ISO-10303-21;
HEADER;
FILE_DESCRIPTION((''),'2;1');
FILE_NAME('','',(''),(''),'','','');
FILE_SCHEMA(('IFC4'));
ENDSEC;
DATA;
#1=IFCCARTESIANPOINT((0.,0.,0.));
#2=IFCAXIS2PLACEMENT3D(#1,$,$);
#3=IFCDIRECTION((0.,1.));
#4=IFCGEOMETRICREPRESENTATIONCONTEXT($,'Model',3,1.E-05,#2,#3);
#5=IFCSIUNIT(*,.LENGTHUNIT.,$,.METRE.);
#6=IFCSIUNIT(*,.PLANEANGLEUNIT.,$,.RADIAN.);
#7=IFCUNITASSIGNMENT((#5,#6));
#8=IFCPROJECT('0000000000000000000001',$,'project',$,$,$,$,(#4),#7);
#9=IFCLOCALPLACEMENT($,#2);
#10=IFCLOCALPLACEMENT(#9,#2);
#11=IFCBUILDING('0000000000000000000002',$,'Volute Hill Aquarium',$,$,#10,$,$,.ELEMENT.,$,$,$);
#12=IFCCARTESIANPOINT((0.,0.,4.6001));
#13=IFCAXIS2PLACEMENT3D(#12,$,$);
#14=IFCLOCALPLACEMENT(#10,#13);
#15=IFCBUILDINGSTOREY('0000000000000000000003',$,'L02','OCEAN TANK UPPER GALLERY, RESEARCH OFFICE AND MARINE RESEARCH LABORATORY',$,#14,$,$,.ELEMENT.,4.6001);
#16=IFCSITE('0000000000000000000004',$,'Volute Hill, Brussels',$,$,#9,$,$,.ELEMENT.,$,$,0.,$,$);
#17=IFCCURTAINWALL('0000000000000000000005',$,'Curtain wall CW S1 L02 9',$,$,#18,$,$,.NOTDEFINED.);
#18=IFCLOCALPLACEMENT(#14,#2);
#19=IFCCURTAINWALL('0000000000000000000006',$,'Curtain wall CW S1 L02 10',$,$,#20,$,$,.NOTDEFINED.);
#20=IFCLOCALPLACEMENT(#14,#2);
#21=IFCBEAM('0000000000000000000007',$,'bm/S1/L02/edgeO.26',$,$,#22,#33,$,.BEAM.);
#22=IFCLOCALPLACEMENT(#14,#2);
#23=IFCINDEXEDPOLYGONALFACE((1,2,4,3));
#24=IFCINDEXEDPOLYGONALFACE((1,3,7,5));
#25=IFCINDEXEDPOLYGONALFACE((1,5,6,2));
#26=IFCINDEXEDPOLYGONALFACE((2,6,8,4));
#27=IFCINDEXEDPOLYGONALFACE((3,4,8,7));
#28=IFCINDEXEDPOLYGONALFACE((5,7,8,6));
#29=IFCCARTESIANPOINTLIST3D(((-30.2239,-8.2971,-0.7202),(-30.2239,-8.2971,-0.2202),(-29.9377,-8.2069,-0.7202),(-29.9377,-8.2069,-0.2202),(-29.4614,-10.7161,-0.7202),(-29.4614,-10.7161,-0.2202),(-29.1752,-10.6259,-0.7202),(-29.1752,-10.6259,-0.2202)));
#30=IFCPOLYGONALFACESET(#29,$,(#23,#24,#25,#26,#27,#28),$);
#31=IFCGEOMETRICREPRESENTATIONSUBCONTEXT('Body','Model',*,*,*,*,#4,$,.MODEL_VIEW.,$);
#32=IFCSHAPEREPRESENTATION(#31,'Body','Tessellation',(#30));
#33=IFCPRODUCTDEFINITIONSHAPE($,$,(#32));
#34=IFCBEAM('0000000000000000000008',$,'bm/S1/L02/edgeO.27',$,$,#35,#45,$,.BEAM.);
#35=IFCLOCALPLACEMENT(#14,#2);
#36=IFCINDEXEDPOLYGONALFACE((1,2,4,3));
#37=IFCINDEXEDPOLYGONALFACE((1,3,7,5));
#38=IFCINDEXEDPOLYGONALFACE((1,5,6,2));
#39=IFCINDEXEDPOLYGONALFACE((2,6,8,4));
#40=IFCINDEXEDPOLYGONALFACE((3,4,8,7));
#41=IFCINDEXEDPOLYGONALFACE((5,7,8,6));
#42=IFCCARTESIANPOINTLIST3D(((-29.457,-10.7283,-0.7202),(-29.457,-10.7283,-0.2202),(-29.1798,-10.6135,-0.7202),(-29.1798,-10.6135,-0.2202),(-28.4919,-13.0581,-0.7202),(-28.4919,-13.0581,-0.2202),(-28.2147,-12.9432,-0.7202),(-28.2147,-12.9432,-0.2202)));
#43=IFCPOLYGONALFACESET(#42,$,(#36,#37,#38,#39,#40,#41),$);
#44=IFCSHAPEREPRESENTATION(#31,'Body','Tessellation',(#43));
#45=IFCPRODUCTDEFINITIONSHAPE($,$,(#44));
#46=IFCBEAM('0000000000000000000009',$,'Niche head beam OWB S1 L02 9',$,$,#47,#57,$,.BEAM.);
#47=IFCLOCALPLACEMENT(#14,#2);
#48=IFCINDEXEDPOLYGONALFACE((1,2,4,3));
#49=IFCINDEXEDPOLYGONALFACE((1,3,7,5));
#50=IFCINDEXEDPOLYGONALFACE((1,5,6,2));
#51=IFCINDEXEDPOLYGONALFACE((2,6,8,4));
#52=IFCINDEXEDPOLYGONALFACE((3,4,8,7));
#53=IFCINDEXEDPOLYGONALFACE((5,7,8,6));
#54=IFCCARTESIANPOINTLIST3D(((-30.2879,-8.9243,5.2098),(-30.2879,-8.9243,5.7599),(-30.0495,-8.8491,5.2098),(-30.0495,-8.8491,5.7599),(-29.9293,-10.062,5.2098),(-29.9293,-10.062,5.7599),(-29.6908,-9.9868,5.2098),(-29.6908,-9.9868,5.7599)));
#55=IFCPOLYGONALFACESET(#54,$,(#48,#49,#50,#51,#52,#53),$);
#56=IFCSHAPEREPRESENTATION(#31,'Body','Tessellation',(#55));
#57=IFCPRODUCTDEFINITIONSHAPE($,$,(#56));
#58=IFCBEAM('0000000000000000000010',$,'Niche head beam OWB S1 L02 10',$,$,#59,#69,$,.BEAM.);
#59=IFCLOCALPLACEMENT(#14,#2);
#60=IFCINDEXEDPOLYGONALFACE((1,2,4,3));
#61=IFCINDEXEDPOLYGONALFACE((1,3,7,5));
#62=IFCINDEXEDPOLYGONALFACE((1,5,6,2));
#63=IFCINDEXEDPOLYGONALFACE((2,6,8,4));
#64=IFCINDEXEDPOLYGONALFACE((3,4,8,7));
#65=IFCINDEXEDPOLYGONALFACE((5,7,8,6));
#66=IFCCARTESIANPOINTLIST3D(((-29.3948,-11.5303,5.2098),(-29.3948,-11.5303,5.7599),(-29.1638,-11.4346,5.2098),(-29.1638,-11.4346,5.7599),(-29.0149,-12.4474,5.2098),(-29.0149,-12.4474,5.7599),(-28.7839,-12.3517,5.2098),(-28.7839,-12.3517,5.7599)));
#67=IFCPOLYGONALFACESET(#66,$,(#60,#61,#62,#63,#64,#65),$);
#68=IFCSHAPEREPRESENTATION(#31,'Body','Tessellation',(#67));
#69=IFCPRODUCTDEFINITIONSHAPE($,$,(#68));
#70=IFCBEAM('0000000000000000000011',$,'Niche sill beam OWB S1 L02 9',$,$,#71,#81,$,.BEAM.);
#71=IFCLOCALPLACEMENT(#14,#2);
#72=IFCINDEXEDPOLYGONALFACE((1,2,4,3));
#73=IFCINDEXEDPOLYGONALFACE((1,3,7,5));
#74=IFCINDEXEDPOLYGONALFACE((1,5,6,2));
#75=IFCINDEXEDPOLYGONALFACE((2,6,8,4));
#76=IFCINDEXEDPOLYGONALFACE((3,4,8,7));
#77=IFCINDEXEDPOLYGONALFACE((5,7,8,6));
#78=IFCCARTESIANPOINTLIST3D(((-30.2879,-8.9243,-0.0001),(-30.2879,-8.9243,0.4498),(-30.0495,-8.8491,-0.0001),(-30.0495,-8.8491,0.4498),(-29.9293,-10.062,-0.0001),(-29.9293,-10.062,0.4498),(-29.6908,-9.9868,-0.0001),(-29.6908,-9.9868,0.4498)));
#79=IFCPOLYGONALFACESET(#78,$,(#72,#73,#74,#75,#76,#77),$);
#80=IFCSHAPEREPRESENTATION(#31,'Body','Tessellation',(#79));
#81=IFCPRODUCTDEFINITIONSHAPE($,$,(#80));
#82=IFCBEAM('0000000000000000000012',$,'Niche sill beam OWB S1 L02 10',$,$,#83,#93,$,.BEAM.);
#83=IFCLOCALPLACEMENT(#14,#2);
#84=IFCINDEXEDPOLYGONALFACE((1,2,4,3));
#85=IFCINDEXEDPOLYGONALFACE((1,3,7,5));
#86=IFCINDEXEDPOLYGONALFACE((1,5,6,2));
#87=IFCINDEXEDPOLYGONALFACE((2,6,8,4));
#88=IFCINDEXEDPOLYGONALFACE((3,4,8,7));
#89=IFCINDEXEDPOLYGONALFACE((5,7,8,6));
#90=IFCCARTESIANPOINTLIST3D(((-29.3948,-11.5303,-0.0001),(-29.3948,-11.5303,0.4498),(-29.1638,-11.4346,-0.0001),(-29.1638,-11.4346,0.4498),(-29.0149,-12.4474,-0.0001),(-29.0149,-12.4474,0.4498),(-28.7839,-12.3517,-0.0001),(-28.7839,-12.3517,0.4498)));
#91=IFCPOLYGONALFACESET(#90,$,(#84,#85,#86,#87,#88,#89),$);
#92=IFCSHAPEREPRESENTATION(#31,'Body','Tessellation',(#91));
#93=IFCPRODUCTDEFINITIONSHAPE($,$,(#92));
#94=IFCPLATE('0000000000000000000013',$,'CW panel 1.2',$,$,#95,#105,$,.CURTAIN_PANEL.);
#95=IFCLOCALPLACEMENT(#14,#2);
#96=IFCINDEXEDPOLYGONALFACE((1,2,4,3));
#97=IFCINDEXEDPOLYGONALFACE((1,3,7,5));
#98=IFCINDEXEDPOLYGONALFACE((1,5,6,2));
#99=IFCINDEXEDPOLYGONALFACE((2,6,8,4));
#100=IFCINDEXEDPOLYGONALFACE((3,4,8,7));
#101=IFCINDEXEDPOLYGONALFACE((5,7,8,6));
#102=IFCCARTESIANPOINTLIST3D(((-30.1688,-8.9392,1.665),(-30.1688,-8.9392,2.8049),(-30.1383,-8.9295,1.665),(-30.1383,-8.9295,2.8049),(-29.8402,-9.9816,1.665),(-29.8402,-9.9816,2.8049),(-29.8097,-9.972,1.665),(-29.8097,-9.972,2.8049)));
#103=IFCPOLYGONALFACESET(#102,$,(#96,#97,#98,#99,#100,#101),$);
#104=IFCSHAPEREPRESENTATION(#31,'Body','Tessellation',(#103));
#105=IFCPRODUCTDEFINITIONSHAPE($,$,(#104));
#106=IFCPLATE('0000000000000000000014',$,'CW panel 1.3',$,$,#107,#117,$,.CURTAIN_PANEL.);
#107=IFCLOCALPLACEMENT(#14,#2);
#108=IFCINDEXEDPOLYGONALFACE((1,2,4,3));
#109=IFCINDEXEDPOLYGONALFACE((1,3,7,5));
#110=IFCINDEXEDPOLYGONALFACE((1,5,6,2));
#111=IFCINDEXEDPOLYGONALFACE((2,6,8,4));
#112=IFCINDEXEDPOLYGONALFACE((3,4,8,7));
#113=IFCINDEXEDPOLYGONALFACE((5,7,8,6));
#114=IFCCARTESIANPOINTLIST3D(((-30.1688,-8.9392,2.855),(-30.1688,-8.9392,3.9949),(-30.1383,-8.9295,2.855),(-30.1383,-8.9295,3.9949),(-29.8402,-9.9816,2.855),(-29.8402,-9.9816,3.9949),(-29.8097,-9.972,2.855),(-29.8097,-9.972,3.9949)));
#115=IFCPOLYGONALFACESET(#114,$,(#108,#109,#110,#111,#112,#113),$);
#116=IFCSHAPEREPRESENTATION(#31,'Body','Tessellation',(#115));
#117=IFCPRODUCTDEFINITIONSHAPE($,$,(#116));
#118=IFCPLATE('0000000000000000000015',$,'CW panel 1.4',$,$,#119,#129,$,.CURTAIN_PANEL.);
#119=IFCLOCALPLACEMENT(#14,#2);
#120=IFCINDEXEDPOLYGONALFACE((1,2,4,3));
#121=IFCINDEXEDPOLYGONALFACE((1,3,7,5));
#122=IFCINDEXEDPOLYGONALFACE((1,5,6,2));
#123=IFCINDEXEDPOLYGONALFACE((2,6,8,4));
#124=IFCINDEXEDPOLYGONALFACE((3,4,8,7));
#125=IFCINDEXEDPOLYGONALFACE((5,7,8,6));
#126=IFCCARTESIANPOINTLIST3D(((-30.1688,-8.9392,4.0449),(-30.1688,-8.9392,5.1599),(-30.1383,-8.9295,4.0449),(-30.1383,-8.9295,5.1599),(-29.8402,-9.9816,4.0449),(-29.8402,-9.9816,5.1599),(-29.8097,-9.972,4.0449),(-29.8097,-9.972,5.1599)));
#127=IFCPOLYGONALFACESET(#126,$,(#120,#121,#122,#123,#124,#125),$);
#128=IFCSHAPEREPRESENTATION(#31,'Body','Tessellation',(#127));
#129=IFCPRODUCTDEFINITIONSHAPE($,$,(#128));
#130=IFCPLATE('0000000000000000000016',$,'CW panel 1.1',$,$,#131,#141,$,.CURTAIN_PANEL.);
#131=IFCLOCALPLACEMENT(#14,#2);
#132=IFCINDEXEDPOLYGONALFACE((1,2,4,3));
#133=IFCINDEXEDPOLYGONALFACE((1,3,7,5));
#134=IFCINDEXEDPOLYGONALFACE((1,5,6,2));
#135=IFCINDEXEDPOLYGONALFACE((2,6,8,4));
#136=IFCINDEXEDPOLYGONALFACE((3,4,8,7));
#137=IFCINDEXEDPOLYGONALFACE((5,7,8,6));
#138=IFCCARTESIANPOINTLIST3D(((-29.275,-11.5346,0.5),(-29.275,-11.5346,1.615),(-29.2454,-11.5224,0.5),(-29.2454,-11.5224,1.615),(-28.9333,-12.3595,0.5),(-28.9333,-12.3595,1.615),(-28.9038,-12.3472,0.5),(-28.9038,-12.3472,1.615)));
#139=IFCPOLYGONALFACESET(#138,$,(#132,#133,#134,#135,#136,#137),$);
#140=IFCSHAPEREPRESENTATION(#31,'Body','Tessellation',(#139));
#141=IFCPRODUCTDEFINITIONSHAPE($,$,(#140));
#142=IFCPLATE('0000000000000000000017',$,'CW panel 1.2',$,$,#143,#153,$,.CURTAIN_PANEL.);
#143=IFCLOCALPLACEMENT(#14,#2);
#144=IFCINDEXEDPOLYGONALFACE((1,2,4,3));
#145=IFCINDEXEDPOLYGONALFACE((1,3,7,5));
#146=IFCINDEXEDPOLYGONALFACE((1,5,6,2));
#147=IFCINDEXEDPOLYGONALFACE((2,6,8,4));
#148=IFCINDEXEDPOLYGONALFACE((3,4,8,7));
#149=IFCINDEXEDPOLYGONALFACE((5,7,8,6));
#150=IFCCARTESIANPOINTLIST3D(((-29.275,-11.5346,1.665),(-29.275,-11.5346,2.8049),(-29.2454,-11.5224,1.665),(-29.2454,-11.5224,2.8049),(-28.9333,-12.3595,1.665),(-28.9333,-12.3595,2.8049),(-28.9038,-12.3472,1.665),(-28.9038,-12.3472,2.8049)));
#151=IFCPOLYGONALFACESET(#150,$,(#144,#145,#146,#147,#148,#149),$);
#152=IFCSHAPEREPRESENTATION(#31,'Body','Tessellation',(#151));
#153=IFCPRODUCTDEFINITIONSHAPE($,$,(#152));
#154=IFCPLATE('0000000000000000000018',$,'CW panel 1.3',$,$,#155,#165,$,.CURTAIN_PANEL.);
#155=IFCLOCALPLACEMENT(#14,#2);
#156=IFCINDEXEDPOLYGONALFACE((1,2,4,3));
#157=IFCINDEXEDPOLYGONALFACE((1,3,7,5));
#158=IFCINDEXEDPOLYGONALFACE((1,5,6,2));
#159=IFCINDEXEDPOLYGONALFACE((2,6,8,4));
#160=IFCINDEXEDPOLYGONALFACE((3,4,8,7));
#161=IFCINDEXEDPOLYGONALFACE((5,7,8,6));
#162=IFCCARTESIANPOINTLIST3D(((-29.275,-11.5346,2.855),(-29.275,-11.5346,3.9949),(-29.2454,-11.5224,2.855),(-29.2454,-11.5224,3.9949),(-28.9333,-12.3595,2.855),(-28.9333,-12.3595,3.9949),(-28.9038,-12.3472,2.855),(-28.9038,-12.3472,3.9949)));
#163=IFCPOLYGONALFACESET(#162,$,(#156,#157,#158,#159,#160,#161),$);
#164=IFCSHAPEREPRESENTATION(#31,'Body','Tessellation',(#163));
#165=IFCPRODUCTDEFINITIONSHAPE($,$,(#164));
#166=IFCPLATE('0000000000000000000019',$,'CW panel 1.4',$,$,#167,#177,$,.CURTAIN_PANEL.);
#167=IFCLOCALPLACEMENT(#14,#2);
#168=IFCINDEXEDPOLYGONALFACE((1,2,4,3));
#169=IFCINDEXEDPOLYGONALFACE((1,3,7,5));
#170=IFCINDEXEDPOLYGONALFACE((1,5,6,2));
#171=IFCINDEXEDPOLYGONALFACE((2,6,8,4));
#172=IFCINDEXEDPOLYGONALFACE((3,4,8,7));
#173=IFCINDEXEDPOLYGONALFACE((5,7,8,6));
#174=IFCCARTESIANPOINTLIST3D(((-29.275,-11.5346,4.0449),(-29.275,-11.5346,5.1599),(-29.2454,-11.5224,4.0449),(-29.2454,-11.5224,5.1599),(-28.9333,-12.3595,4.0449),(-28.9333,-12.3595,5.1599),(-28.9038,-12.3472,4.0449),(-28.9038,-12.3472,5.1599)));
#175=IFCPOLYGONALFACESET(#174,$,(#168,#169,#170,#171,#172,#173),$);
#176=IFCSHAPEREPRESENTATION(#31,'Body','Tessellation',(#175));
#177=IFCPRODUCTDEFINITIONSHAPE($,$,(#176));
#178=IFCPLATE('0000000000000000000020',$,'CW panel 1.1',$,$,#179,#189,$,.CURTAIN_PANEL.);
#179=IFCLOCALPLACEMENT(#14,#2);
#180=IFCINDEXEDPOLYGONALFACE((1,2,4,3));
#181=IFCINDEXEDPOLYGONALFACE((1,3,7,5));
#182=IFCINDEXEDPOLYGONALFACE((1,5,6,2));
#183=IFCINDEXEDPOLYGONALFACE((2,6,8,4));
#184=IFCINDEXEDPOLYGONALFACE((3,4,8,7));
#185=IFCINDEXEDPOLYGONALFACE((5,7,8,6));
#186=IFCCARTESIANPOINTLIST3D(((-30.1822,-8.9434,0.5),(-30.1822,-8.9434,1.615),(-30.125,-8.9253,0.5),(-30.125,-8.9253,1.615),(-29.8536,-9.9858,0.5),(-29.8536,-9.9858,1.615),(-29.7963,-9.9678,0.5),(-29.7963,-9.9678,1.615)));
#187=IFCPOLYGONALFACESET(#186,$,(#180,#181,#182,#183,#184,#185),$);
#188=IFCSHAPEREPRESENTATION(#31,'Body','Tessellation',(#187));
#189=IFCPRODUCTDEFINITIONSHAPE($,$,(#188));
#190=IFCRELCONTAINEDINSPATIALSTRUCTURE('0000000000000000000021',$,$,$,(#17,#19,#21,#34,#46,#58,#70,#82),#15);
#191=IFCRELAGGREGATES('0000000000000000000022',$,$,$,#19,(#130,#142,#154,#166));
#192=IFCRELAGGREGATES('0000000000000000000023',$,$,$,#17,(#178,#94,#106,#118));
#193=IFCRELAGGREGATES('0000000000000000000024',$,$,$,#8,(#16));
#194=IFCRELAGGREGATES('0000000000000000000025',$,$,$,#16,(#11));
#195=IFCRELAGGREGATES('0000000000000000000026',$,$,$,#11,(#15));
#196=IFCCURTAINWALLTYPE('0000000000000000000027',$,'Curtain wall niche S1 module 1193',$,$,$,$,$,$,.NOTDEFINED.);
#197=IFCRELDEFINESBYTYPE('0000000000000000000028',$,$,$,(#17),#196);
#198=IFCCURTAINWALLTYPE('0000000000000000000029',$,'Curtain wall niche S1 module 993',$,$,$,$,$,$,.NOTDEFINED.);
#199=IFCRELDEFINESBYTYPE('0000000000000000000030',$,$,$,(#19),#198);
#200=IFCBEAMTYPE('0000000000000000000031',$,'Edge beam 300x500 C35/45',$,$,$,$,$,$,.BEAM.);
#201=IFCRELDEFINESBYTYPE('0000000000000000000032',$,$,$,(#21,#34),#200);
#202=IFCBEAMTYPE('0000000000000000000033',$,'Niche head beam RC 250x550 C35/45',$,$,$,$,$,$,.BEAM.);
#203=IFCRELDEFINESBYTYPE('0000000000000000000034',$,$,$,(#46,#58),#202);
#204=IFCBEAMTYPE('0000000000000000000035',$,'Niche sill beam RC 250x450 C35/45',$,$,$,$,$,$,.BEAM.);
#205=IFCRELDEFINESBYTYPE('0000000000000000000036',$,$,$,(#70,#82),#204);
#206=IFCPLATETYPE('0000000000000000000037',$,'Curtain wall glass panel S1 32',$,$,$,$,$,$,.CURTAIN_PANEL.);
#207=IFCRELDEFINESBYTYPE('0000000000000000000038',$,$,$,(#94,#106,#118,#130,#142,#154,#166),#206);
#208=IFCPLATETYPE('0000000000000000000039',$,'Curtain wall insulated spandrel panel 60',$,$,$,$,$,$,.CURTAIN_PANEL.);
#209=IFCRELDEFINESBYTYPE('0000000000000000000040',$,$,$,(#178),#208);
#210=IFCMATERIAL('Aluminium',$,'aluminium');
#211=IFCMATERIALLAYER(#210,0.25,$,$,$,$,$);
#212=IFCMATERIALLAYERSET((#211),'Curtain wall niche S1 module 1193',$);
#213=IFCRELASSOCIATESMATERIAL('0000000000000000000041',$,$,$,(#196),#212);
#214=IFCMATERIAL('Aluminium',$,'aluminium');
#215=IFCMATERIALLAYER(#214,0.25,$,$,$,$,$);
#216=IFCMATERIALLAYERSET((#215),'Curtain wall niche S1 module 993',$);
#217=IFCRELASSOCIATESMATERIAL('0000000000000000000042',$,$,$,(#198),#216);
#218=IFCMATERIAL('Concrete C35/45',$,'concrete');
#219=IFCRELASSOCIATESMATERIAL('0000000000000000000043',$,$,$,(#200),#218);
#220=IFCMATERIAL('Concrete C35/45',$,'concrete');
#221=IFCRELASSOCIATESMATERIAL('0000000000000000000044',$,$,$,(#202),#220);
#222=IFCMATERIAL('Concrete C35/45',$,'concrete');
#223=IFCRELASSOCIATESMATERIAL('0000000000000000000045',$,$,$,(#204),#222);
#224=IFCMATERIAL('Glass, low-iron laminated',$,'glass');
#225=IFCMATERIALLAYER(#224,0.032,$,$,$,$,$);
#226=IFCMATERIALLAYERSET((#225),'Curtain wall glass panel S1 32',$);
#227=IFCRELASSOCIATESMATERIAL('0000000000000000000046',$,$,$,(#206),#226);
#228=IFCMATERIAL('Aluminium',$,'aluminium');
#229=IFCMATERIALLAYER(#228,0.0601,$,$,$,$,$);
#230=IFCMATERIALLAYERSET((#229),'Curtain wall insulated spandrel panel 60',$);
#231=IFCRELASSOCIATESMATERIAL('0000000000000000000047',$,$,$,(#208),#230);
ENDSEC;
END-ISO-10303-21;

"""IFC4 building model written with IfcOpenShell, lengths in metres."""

from ifc_helpers import new_model, si_unit, direction, frame, origin, origin_2d, place, context, subcontext, project, spatial, rectangle, extrude, material, layer, layer_set, material_profile, profile_set, type_object, element, aggregate, save


model = new_model("IFC4")

# Units and contexts
model_context = context("Model", 3, precision=1e-05, world=origin(), true_north=direction((0.0, 1.0)))
body_context = subcontext(model_context, "Body", "Model", "MODEL_VIEW")
ifc_project = project(units=[si_unit("LENGTHUNIT", "METRE"), si_unit("PLANEANGLEUNIT", "RADIAN")], contexts=[model_context])

# Site, building, storey
site_placement = place(None, origin())
site = spatial("IfcSite", under=ifc_project, at=site_placement, Name="Volute Hill, Brussels", CompositionType="ELEMENT", RefElevation=0.0)
building_placement = place(site_placement, origin())
building = spatial("IfcBuilding", under=site, at=building_placement, Name="Volute Hill Aquarium", CompositionType="ELEMENT")
storey_placement = place(building_placement, frame((0.0, 0.0, 4.6001)))
storey = spatial("IfcBuildingStorey", under=building, at=storey_placement, Name="L02", Description="OCEAN TANK UPPER GALLERY, RESEARCH OFFICE AND MARINE RESEARCH LABORATORY", CompositionType="ELEMENT", Elevation=4.6001)

# Shared definitions
ifc_material_1 = material(Name="Aluminium", Category="aluminium")
ifc_layer_1 = layer(ifc_material_1, 0.25)
ifc_layer_set_1 = layer_set([ifc_layer_1], Name="Curtain wall niche S1 module 1193")
curtain_wall_type_1 = type_object("IfcCurtainWallType", Name="Curtain wall niche S1 module 1193", PredefinedType="NOTDEFINED", material=ifc_layer_set_1)

# Curtain wall
curtain_wall_1_placement = place(storey_placement, origin())
curtain_wall_1 = element("IfcCurtainWall", 1, at=curtain_wall_1_placement, inside=storey, type_object=curtain_wall_type_1, Name="Curtain wall CW S1 L02 9", PredefinedType="NOTDEFINED")

# Curtain wall
ifc_material_2 = material(Name="Aluminium", Category="aluminium")
ifc_layer_2 = layer(ifc_material_2, 0.25)
ifc_layer_set_2 = layer_set([ifc_layer_2], Name="Curtain wall niche S1 module 993")
curtain_wall_type_2 = type_object("IfcCurtainWallType", Name="Curtain wall niche S1 module 993", PredefinedType="NOTDEFINED", material=ifc_layer_set_2)
curtain_wall_2_placement = place(storey_placement, origin())
curtain_wall_2 = element("IfcCurtainWall", 2, at=curtain_wall_2_placement, inside=storey, type_object=curtain_wall_type_2, Name="Curtain wall CW S1 L02 10", PredefinedType="NOTDEFINED")

# Beams
ifc_material_3 = material(Name="Concrete C35/45", Category="concrete")
ifc_material_profile_1 = material_profile(ifc_material_3, rectangle(XDim=0.3, YDim=0.5, at=origin_2d()), Name="RC edge beam 300x500")
ifc_profile_set_1 = profile_set([ifc_material_profile_1], Name="Concrete C35/45")
beam_type_1 = type_object("IfcBeamType", Name="Edge beam 300x500 C35/45", PredefinedType="BEAM", material=ifc_profile_set_1)
beam_1_placement = place(storey_placement, frame((-30.0808, -8.252, -0.4702), z_axis=(0.30062, -0.953744, 0.0), x_axis=(0.953744, 0.30062, 0.0)))
element("IfcBeam", 3, at=beam_1_placement, inside=storey, type_object=beam_type_1, Name="bm/S1/L02/edgeO.26", PredefinedType="BEAM", context=body_context, shape_type="SweptSolid", body=[
    extrude(rectangle(XDim=0.3, YDim=0.5, at=origin_2d()), origin(), (0.0, 0.0, 1.0), 2.5364),
])
beam_2_placement = place(storey_placement, frame((-29.3184, -10.6709, -0.4702), z_axis=(0.382697, -0.923874, 0.0), x_axis=(0.923874, 0.382697, 0.0)))
element("IfcBeam", 4, at=beam_2_placement, inside=storey, type_object=beam_type_1, Name="bm/S1/L02/edgeO.27", PredefinedType="BEAM", context=body_context, shape_type="SweptSolid", body=[
    extrude(rectangle(XDim=0.3, YDim=0.5, at=origin_2d()), origin(), (0.0, 0.0, 1.0), 2.5217),
])
ifc_material_4 = material(Name="Concrete C35/45", Category="concrete")
ifc_material_profile_2 = material_profile(ifc_material_4, rectangle(XDim=0.25, YDim=0.55, at=origin_2d()), Name="RC beam 250x550")
ifc_profile_set_2 = profile_set([ifc_material_profile_2], Name="Concrete C35/45")
beam_type_2 = type_object("IfcBeamType", Name="Niche head beam RC 250x550 C35/45", PredefinedType="BEAM", material=ifc_profile_set_2)
beam_3_placement = place(storey_placement, frame((-30.1687, -8.8867, 5.4849), z_axis=(0.300651, -0.953734, 0.0), x_axis=(0.953734, 0.300651, 0.0)))
element("IfcBeam", 5, at=beam_3_placement, inside=storey, type_object=beam_type_2, Name="Niche head beam OWB S1 L02 9", PredefinedType="BEAM", context=body_context, shape_type="SweptSolid", body=[
    extrude(rectangle(XDim=0.25, YDim=0.55, at=origin_2d()), origin(), (0.0, 0.0, 1.0), 1.1929),
])
beam_4_placement = place(storey_placement, frame((-29.2793, -11.4824, 5.4849), z_axis=(0.382728, -0.923861, 0.0), x_axis=(0.923861, 0.382728, 0.0)))
element("IfcBeam", 6, at=beam_4_placement, inside=storey, type_object=beam_type_2, Name="Niche head beam OWB S1 L02 10", PredefinedType="BEAM", context=body_context, shape_type="SweptSolid", body=[
    extrude(rectangle(XDim=0.25, YDim=0.55, at=origin_2d()), origin(), (0.0, 0.0, 1.0), 0.9927),
])
ifc_material_5 = material(Name="Concrete C35/45", Category="concrete")
ifc_material_profile_3 = material_profile(ifc_material_5, rectangle(XDim=0.25, YDim=0.45, at=origin_2d()), Name="RC beam 250x450")
ifc_profile_set_3 = profile_set([ifc_material_profile_3], Name="Concrete C35/45")
beam_type_3 = type_object("IfcBeamType", Name="Niche sill beam RC 250x450 C35/45", PredefinedType="BEAM", material=ifc_profile_set_3)
beam_5_placement = place(storey_placement, frame((-30.1687, -8.8867, 0.2249), z_axis=(0.300651, -0.953734, 0.0), x_axis=(0.953734, 0.300651, 0.0)))
element("IfcBeam", 7, at=beam_5_placement, inside=storey, type_object=beam_type_3, Name="Niche sill beam OWB S1 L02 9", PredefinedType="BEAM", context=body_context, shape_type="SweptSolid", body=[
    extrude(rectangle(XDim=0.25, YDim=0.45, at=origin_2d()), origin(), (0.0, 0.0, 1.0), 1.1929),
])
beam_6_placement = place(storey_placement, frame((-29.2793, -11.4824, 0.2249), z_axis=(0.382728, -0.923861, 0.0), x_axis=(0.923861, 0.382728, 0.0)))
element("IfcBeam", 8, at=beam_6_placement, inside=storey, type_object=beam_type_3, Name="Niche sill beam OWB S1 L02 10", PredefinedType="BEAM", context=body_context, shape_type="SweptSolid", body=[
    extrude(rectangle(XDim=0.25, YDim=0.45, at=origin_2d()), origin(), (0.0, 0.0, 1.0), 0.9927),
])

# Plates
ifc_material_6 = material(Name="Glass, low-iron laminated", Category="glass")
ifc_layer_3 = layer(ifc_material_6, 0.032)
ifc_layer_set_3 = layer_set([ifc_layer_3], Name="Curtain wall glass panel S1 32")
plate_type_1 = type_object("IfcPlateType", Name="Curtain wall glass panel S1 32", PredefinedType="CURTAIN_PANEL", material=ifc_layer_set_3)
plate_1_placement = place(storey_placement, frame((-29.9893, -9.4556, 1.665), z_axis=(0.0, 0.0, 1.0), x_axis=(0.3007, -0.953719, 0.0)))
plate_1 = element("IfcPlate", 9, at=plate_1_placement, type_object=plate_type_1, Name="CW panel 1.2", PredefinedType="CURTAIN_PANEL", context=body_context, shape_type="SweptSolid", body=[
    extrude(rectangle(XDim=1.093, YDim=0.032, at=origin_2d()), origin(), (0.0, 0.0, 1.0), 1.1399),
])
plate_2_placement = place(storey_placement, frame((-29.9893, -9.4556, 2.855), z_axis=(0.0, 0.0, 1.0), x_axis=(0.3007, -0.953719, 0.0)))
plate_2 = element("IfcPlate", 10, at=plate_2_placement, type_object=plate_type_1, Name="CW panel 1.3", PredefinedType="CURTAIN_PANEL", context=body_context, shape_type="SweptSolid", body=[
    extrude(rectangle(XDim=1.093, YDim=0.032, at=origin_2d()), origin(), (0.0, 0.0, 1.0), 1.1399),
])
plate_3_placement = place(storey_placement, frame((-29.9893, -9.4556, 4.0449), z_axis=(0.0, 0.0, 1.0), x_axis=(0.3007, -0.953719, 0.0)))
plate_3 = element("IfcPlate", 11, at=plate_3_placement, type_object=plate_type_1, Name="CW panel 1.4", PredefinedType="CURTAIN_PANEL", context=body_context, shape_type="SweptSolid", body=[
    extrude(rectangle(XDim=1.093, YDim=0.032, at=origin_2d()), origin(), (0.0, 0.0, 1.0), 1.115),
])
plate_4_placement = place(storey_placement, frame((-29.0894, -11.9409, 0.5), z_axis=(0.0, 0.0, 1.0), x_axis=(0.38267, -0.923885, 0.0)))
plate_4 = element("IfcPlate", 12, at=plate_4_placement, type_object=plate_type_1, Name="CW panel 1.1", PredefinedType="CURTAIN_PANEL", context=body_context, shape_type="SweptSolid", body=[
    extrude(rectangle(XDim=0.8928, YDim=0.032, at=origin_2d()), origin(), (0.0, 0.0, 1.0), 1.115),
])
plate_5_placement = place(storey_placement, frame((-29.0894, -11.9409, 1.665), z_axis=(0.0, 0.0, 1.0), x_axis=(0.38267, -0.923885, 0.0)))
plate_5 = element("IfcPlate", 13, at=plate_5_placement, type_object=plate_type_1, Name="CW panel 1.2", PredefinedType="CURTAIN_PANEL", context=body_context, shape_type="SweptSolid", body=[
    extrude(rectangle(XDim=0.8928, YDim=0.032, at=origin_2d()), origin(), (0.0, 0.0, 1.0), 1.1399),
])
plate_6_placement = place(storey_placement, frame((-29.0894, -11.9409, 2.855), z_axis=(0.0, 0.0, 1.0), x_axis=(0.38267, -0.923885, 0.0)))
plate_6 = element("IfcPlate", 14, at=plate_6_placement, type_object=plate_type_1, Name="CW panel 1.3", PredefinedType="CURTAIN_PANEL", context=body_context, shape_type="SweptSolid", body=[
    extrude(rectangle(XDim=0.8928, YDim=0.032, at=origin_2d()), origin(), (0.0, 0.0, 1.0), 1.1399),
])
plate_7_placement = place(storey_placement, frame((-29.0894, -11.9409, 4.0449), z_axis=(0.0, 0.0, 1.0), x_axis=(0.38267, -0.923885, 0.0)))
plate_7 = element("IfcPlate", 15, at=plate_7_placement, type_object=plate_type_1, Name="CW panel 1.4", PredefinedType="CURTAIN_PANEL", context=body_context, shape_type="SweptSolid", body=[
    extrude(rectangle(XDim=0.8928, YDim=0.032, at=origin_2d()), origin(), (0.0, 0.0, 1.0), 1.115),
])
aggregate(curtain_wall_2, [plate_4, plate_5, plate_6, plate_7])
ifc_material_7 = material(Name="Aluminium", Category="aluminium")
ifc_layer_4 = layer(ifc_material_7, 0.0601)
ifc_layer_set_4 = layer_set([ifc_layer_4], Name="Curtain wall insulated spandrel panel 60")
plate_type_2 = type_object("IfcPlateType", Name="Curtain wall insulated spandrel panel 60", PredefinedType="CURTAIN_PANEL", material=ifc_layer_set_4)
plate_8_placement = place(storey_placement, frame((-29.9893, -9.4556, 0.5), z_axis=(0.0, 0.0, 1.0), x_axis=(0.3007, -0.953719, 0.0)))
plate_8 = element("IfcPlate", 16, at=plate_8_placement, type_object=plate_type_2, Name="CW panel 1.1", PredefinedType="CURTAIN_PANEL", context=body_context, shape_type="SweptSolid", body=[
    extrude(rectangle(XDim=1.093, YDim=0.0601, at=origin_2d()), origin(), (0.0, 0.0, 1.0), 1.115),
])
aggregate(curtain_wall_1, [plate_8, plate_1, plate_2, plate_3])

save(model, "model.ifc")
